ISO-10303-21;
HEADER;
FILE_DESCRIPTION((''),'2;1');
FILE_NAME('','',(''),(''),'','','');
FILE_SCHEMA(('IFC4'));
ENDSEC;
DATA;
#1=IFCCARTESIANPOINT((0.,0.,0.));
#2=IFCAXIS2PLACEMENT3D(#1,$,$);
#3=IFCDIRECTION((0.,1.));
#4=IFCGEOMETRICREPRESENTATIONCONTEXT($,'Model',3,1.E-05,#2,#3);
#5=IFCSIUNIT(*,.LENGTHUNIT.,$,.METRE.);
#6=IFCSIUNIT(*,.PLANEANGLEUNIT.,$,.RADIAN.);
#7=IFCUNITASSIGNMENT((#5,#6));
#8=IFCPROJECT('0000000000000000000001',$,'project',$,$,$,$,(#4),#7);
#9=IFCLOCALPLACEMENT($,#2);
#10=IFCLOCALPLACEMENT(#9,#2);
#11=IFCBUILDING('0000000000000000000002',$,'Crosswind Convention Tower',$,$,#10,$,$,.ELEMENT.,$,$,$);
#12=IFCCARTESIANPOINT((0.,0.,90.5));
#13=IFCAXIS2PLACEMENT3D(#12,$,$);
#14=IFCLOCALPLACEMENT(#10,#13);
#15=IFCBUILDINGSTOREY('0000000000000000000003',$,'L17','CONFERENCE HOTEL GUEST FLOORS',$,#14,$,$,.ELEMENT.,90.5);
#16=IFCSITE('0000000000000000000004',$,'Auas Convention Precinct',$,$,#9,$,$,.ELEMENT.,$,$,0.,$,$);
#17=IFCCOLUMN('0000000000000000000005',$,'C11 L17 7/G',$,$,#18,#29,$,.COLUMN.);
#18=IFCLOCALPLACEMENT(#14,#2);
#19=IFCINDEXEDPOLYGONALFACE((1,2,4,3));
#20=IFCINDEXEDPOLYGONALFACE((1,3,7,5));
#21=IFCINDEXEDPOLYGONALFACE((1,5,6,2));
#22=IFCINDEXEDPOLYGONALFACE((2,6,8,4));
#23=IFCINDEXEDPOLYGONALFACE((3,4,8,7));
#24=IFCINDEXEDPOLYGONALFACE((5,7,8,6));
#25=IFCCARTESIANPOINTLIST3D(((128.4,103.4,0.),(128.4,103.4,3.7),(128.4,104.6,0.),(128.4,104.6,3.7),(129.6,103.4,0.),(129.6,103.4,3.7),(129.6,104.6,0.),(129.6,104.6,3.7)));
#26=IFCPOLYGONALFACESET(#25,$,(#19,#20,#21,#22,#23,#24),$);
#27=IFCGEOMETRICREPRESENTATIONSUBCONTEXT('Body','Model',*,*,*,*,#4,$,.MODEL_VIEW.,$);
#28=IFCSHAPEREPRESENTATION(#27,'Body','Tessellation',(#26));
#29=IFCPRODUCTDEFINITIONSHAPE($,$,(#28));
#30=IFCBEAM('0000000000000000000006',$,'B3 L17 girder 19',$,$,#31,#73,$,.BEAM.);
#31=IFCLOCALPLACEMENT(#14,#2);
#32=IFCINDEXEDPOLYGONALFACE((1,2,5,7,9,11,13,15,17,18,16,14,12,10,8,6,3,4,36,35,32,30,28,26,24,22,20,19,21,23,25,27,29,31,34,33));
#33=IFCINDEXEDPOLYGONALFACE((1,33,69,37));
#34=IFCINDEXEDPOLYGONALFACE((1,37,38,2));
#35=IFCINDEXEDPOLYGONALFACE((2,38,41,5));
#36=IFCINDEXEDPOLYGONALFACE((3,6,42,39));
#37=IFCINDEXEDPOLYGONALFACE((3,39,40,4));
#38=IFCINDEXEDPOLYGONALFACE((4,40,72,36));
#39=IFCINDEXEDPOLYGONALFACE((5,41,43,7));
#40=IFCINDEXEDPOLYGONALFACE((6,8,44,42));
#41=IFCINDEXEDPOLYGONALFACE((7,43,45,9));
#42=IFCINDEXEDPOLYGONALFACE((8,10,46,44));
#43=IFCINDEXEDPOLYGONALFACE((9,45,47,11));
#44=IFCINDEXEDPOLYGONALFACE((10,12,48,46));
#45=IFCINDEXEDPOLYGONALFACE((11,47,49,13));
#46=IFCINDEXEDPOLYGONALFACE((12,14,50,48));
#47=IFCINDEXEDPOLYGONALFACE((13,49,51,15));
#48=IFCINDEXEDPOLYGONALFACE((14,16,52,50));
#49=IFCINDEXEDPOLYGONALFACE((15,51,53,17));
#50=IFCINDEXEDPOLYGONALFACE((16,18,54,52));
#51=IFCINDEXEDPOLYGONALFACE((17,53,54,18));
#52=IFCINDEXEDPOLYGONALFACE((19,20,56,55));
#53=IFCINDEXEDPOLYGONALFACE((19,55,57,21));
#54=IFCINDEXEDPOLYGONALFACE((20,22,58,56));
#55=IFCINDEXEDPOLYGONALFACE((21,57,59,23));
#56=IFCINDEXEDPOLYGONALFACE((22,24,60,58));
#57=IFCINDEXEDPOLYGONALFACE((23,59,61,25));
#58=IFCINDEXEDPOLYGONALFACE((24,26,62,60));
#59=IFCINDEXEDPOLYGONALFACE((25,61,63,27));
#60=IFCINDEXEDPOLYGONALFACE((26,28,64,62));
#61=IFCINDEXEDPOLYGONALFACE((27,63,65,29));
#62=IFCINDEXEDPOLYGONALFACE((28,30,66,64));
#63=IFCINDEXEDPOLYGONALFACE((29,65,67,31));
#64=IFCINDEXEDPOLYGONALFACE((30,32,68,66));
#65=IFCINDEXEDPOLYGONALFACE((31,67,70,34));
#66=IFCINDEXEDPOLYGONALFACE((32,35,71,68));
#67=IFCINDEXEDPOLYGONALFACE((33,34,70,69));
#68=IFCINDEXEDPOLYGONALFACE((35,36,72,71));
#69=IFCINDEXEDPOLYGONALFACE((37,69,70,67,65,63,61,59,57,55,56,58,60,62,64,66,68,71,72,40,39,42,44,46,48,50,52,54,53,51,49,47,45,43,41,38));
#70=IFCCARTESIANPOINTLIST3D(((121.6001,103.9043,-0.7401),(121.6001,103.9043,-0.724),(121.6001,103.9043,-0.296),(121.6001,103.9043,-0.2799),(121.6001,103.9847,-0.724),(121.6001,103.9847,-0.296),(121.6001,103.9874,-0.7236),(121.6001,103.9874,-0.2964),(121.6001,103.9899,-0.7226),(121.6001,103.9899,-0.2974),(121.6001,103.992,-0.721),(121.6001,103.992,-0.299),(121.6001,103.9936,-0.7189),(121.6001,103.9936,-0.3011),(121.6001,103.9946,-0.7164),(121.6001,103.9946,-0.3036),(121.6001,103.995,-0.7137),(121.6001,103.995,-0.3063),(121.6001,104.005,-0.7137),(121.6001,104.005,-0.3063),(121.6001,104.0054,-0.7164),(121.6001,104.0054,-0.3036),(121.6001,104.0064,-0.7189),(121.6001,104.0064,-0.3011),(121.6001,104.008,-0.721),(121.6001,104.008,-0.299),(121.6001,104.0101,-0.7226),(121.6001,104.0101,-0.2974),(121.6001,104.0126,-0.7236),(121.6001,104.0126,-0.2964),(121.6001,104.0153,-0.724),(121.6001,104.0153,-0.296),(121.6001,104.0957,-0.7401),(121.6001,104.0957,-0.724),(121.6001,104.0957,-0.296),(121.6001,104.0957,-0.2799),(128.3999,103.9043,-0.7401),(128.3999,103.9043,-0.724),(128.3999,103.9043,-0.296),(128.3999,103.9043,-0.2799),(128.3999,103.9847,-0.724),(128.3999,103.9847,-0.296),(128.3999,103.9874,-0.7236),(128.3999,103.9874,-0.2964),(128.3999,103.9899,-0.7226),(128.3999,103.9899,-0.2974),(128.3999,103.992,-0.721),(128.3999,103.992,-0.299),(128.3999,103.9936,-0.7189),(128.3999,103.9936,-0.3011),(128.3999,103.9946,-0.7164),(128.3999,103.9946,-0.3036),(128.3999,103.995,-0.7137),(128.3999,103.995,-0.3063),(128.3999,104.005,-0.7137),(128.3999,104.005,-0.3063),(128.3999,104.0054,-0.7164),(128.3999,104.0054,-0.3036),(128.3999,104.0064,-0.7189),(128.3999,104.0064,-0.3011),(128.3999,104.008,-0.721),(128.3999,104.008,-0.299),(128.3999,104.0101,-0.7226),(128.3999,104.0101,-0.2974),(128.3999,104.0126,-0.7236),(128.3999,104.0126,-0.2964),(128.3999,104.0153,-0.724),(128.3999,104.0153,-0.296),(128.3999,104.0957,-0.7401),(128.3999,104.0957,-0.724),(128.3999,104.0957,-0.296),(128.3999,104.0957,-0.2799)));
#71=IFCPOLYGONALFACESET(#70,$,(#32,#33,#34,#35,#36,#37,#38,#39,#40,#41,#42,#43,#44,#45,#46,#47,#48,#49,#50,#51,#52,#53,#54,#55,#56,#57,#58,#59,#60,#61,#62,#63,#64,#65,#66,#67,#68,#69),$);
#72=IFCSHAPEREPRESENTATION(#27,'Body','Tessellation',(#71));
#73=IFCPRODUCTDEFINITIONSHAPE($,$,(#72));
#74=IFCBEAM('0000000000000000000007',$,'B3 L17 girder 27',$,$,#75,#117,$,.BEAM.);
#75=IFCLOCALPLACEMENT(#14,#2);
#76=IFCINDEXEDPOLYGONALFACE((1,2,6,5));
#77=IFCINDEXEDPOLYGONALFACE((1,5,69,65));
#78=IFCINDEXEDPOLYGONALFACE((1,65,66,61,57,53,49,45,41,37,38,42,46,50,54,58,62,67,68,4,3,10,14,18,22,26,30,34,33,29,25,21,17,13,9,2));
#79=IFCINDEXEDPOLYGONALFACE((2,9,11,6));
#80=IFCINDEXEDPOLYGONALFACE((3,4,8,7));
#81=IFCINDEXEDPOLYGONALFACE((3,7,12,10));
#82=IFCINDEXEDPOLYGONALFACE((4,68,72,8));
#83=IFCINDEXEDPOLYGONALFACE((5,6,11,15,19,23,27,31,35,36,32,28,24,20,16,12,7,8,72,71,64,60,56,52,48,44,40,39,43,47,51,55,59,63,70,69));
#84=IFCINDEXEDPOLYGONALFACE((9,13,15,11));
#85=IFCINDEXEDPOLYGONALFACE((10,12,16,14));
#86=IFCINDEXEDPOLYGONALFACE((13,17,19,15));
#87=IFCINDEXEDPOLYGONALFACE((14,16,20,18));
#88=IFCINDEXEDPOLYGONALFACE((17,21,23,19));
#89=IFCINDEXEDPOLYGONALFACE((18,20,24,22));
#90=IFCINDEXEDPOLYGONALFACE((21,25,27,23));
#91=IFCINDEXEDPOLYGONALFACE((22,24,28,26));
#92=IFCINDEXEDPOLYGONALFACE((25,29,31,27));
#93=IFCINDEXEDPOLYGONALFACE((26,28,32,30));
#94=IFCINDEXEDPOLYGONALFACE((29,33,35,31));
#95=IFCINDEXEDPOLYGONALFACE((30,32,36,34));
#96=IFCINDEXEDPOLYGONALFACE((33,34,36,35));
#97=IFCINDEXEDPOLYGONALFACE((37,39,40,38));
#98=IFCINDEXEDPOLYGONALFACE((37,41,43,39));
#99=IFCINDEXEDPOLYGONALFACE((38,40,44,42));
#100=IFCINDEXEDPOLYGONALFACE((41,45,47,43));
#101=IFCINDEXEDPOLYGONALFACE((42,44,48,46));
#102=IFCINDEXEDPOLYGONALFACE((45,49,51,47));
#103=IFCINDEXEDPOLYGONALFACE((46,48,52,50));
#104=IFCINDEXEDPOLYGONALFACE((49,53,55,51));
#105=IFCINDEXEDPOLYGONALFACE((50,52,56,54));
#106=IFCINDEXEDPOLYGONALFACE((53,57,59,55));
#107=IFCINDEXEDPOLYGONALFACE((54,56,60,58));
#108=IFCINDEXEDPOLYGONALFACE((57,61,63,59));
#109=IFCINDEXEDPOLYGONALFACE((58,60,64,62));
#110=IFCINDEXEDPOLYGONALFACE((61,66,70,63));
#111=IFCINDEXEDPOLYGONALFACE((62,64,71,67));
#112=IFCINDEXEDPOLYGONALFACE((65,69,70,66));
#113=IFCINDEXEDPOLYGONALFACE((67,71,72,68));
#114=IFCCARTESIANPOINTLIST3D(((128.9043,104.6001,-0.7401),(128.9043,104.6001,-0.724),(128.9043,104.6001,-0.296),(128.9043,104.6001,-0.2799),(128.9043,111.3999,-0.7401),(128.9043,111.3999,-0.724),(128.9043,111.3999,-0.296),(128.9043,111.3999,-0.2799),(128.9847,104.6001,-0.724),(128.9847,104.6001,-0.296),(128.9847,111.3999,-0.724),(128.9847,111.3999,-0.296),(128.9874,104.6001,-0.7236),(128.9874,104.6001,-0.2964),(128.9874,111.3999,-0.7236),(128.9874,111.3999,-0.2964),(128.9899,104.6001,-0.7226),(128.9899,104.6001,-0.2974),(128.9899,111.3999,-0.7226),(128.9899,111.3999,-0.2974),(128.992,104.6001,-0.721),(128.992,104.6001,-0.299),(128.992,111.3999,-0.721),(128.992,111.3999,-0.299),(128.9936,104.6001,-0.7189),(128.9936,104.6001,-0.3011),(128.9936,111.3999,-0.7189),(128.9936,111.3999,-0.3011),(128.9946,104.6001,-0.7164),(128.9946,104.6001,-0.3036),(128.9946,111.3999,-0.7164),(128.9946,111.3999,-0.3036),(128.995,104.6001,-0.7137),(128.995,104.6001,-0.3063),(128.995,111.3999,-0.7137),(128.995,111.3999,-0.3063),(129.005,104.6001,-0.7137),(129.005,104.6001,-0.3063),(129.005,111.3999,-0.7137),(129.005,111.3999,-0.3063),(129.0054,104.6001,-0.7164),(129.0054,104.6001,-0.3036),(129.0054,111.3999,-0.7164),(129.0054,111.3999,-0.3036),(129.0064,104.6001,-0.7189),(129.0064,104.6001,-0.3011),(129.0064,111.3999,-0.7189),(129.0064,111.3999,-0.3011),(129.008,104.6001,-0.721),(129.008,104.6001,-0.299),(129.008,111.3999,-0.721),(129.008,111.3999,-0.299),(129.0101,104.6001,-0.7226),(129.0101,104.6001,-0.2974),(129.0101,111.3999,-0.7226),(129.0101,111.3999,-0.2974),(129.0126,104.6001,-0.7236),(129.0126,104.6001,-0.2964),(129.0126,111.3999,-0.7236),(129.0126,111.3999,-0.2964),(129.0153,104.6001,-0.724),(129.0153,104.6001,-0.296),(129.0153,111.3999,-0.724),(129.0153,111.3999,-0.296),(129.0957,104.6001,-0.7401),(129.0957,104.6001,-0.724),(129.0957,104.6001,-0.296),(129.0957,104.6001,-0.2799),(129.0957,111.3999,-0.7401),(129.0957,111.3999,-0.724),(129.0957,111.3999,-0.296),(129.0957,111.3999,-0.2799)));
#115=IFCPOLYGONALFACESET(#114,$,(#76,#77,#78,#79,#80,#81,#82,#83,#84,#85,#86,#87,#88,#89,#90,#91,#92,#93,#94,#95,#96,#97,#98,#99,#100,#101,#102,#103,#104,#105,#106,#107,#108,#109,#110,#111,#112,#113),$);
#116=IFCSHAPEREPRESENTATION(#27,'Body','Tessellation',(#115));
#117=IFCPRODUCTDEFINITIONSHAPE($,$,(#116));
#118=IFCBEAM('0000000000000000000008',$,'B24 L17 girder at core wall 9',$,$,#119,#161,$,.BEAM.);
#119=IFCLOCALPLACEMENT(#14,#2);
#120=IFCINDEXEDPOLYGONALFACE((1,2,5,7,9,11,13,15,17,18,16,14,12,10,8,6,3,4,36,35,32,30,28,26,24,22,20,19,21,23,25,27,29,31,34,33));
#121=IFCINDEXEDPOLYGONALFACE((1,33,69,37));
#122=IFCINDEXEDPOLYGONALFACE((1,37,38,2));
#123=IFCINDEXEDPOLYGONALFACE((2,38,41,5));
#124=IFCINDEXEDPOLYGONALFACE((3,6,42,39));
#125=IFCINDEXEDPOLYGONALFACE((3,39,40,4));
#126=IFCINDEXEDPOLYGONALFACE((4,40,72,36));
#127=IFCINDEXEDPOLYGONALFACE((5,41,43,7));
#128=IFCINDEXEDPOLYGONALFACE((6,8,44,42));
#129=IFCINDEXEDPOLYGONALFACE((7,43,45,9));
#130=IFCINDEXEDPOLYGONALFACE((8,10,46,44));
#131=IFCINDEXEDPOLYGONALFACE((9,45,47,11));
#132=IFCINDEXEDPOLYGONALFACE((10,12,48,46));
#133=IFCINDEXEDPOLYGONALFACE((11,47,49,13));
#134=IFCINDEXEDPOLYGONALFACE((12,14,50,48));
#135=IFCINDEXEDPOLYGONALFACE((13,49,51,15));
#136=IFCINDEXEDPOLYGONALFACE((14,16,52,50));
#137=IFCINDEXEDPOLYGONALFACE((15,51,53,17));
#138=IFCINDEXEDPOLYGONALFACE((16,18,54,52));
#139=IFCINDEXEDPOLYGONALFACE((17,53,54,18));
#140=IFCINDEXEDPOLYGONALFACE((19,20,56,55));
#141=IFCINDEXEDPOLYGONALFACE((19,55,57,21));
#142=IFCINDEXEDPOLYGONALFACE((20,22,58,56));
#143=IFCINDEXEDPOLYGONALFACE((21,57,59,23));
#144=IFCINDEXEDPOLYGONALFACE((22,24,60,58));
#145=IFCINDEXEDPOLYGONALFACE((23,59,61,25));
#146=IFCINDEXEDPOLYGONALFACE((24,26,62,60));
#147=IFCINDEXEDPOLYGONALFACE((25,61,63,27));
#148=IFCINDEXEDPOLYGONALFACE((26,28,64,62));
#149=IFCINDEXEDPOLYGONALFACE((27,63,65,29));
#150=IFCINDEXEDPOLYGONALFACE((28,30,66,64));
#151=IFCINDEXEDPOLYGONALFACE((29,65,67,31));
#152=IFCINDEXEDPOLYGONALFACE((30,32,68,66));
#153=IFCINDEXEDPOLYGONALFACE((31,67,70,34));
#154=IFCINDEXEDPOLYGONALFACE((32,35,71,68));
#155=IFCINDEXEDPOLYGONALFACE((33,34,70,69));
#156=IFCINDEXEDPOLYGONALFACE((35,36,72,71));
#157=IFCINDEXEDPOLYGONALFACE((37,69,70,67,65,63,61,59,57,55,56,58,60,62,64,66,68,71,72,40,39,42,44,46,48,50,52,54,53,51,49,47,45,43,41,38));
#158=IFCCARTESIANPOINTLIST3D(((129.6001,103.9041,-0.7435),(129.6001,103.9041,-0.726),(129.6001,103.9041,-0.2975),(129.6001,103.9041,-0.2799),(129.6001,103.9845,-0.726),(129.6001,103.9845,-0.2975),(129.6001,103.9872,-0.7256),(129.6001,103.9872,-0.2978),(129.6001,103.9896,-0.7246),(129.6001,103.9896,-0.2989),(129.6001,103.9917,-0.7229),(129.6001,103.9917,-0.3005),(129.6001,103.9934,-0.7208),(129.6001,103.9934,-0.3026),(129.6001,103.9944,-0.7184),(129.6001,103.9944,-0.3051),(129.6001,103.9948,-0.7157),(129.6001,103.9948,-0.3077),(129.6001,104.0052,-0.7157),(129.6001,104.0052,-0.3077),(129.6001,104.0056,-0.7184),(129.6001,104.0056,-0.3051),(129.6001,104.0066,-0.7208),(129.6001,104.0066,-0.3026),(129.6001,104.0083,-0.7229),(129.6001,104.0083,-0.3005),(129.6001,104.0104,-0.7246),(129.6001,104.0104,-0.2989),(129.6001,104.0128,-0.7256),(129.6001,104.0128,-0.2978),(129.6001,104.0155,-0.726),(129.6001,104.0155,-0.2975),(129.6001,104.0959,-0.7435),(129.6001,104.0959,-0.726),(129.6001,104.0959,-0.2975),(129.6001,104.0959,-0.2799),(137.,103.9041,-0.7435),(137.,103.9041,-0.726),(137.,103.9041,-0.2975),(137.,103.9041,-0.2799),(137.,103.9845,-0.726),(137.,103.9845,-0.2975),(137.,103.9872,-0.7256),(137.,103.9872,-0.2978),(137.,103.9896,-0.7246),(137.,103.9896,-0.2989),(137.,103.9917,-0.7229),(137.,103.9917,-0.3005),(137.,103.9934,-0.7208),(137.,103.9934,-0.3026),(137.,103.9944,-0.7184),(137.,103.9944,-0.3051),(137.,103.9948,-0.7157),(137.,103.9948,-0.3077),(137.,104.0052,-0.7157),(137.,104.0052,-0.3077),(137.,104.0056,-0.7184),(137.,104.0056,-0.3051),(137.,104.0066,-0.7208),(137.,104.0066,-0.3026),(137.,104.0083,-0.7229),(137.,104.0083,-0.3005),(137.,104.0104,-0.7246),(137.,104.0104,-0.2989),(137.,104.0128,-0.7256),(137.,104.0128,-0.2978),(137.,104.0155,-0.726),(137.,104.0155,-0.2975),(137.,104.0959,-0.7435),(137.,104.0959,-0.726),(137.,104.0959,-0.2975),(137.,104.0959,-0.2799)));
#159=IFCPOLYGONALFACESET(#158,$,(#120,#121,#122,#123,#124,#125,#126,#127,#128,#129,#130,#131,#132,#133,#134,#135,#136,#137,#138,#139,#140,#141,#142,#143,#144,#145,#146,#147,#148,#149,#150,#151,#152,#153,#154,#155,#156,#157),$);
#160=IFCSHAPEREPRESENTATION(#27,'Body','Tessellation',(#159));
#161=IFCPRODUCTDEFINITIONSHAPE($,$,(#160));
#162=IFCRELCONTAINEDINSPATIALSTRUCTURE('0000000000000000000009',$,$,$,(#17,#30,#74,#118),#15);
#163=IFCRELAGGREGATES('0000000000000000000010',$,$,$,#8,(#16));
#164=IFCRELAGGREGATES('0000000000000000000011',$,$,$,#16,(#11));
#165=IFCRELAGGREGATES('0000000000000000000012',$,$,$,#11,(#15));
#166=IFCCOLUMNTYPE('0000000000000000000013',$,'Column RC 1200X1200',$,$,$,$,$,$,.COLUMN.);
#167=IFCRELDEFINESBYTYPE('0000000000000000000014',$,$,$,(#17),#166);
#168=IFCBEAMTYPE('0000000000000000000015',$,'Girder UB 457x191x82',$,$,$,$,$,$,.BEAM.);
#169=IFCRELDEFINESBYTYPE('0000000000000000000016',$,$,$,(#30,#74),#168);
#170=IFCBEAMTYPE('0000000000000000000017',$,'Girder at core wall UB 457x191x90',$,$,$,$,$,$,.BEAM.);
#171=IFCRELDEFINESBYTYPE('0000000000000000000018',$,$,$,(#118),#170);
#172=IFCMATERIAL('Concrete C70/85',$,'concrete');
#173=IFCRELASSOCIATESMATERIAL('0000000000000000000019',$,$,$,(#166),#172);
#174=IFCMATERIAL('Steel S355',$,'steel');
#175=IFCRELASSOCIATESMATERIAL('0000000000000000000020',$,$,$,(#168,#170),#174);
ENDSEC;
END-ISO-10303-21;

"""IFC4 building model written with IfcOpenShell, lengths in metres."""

from ifc_helpers import new_model, si_unit, direction, frame, origin, origin_2d, place, context, subcontext, project, spatial, rectangle, i_section, extrude, material, material_profile, profile_set, type_object, element, save


model = new_model("IFC4")

# Units and contexts
model_context = context("Model", 3, precision=1e-05, world=origin(), true_north=direction((0.0, 1.0)))
body_context = subcontext(model_context, "Body", "Model", "MODEL_VIEW")
ifc_project = project(units=[si_unit("LENGTHUNIT", "METRE"), si_unit("PLANEANGLEUNIT", "RADIAN")], contexts=[model_context])

# Site, building, storey
site_placement = place(None, origin())
site = spatial("IfcSite", under=ifc_project, at=site_placement, Name="Auas Convention Precinct", CompositionType="ELEMENT", RefElevation=0.0)
building_placement = place(site_placement, origin())
building = spatial("IfcBuilding", under=site, at=building_placement, Name="Crosswind Convention Tower", CompositionType="ELEMENT")
storey_placement = place(building_placement, frame((0.0, 0.0, 90.5)))
storey = spatial("IfcBuildingStorey", under=building, at=storey_placement, Name="L17", Description="CONFERENCE HOTEL GUEST FLOORS", CompositionType="ELEMENT", Elevation=90.5)

# Column
ifc_material_1 = material(Name="Concrete C70/85", Category="concrete")
ifc_material_profile_1 = material_profile(ifc_material_1, rectangle(XDim=1.2, YDim=1.2, at=origin_2d()), Name="RC 1200X1200")
ifc_profile_set_1 = profile_set([ifc_material_profile_1], Name="Concrete C70/85")
column_type = type_object("IfcColumnType", Name="Column RC 1200X1200", PredefinedType="COLUMN", material=ifc_profile_set_1)
column_placement = place(storey_placement, frame((129.0, 104.0, 0.0), z_axis=(0.0, 0.0, 1.0), x_axis=(1.0, 0.0, 0.0)))
element("IfcColumn", 1, at=column_placement, inside=storey, type_object=column_type, Name="C11 L17 7/G", PredefinedType="COLUMN", context=body_context, shape_type="SweptSolid", body=[
    extrude(rectangle(XDim=1.2, YDim=1.2, at=origin_2d()), origin(), (0.0, 0.0, 1.0), 3.7),
])

# Beams
ifc_material_2 = material(Name="Steel S355", Category="steel")
ifc_material_profile_2 = material_profile(ifc_material_2, i_section(OverallWidth=0.1914, OverallDepth=0.4602, WebThickness=0.01, FlangeThickness=0.0161, FilletRadius=0.0103, at=origin_2d()), Name="UB 457x191x82")
ifc_profile_set_2 = profile_set([ifc_material_profile_2], Name="Steel S355")
beam_type_1 = type_object("IfcBeamType", Name="Girder UB 457x191x82", PredefinedType="BEAM", material=ifc_profile_set_2)
for number, where, z_axis, x_axis, name in (
    (2, (121.6001, 104.0, -0.51), (1.0, 0.0, 0.0), (0.0, 1.0, 0.0), "B3 L17 girder 19"),
    (3, (129.0, 104.6001, -0.51), (0.0, 1.0, 0.0), (-1.0, 0.0, 0.0), "B3 L17 girder 27"),
):
    element("IfcBeam", number, at=place(storey_placement, frame(where, z_axis=z_axis, x_axis=x_axis)), inside=storey, type_object=beam_type_1, Name=name, PredefinedType="BEAM", context=body_context, shape_type="SweptSolid", body=[
        extrude(i_section(OverallWidth=0.1914, OverallDepth=0.4602, WebThickness=0.01, FlangeThickness=0.0161, FilletRadius=0.0103, at=origin_2d()), origin(), (0.0, 0.0, 1.0), 6.7998),
    ])
ifc_material_profile_3 = material_profile(ifc_material_2, i_section(OverallWidth=0.1919, OverallDepth=0.4636, WebThickness=0.0105, FlangeThickness=0.0176, FilletRadius=0.0103, at=origin_2d()), Name="UB 457x191x90")
ifc_profile_set_3 = profile_set([ifc_material_profile_3], Name="Steel S355")
beam_type_2 = type_object("IfcBeamType", Name="Girder at core wall UB 457x191x90", PredefinedType="BEAM", material=ifc_profile_set_3)
beam_placement = place(storey_placement, frame((129.6001, 104.0, -0.5117), z_axis=(1.0, 0.0, 0.0), x_axis=(0.0, 1.0, 0.0)))
element("IfcBeam", 4, at=beam_placement, inside=storey, type_object=beam_type_2, Name="B24 L17 girder at core wall 9", PredefinedType="BEAM", context=body_context, shape_type="SweptSolid", body=[
    extrude(i_section(OverallWidth=0.1919, OverallDepth=0.4636, WebThickness=0.0105, FlangeThickness=0.0176, FilletRadius=0.0103, at=origin_2d()), origin(), (0.0, 0.0, 1.0), 7.3999),
])

save(model, "model.ifc")
